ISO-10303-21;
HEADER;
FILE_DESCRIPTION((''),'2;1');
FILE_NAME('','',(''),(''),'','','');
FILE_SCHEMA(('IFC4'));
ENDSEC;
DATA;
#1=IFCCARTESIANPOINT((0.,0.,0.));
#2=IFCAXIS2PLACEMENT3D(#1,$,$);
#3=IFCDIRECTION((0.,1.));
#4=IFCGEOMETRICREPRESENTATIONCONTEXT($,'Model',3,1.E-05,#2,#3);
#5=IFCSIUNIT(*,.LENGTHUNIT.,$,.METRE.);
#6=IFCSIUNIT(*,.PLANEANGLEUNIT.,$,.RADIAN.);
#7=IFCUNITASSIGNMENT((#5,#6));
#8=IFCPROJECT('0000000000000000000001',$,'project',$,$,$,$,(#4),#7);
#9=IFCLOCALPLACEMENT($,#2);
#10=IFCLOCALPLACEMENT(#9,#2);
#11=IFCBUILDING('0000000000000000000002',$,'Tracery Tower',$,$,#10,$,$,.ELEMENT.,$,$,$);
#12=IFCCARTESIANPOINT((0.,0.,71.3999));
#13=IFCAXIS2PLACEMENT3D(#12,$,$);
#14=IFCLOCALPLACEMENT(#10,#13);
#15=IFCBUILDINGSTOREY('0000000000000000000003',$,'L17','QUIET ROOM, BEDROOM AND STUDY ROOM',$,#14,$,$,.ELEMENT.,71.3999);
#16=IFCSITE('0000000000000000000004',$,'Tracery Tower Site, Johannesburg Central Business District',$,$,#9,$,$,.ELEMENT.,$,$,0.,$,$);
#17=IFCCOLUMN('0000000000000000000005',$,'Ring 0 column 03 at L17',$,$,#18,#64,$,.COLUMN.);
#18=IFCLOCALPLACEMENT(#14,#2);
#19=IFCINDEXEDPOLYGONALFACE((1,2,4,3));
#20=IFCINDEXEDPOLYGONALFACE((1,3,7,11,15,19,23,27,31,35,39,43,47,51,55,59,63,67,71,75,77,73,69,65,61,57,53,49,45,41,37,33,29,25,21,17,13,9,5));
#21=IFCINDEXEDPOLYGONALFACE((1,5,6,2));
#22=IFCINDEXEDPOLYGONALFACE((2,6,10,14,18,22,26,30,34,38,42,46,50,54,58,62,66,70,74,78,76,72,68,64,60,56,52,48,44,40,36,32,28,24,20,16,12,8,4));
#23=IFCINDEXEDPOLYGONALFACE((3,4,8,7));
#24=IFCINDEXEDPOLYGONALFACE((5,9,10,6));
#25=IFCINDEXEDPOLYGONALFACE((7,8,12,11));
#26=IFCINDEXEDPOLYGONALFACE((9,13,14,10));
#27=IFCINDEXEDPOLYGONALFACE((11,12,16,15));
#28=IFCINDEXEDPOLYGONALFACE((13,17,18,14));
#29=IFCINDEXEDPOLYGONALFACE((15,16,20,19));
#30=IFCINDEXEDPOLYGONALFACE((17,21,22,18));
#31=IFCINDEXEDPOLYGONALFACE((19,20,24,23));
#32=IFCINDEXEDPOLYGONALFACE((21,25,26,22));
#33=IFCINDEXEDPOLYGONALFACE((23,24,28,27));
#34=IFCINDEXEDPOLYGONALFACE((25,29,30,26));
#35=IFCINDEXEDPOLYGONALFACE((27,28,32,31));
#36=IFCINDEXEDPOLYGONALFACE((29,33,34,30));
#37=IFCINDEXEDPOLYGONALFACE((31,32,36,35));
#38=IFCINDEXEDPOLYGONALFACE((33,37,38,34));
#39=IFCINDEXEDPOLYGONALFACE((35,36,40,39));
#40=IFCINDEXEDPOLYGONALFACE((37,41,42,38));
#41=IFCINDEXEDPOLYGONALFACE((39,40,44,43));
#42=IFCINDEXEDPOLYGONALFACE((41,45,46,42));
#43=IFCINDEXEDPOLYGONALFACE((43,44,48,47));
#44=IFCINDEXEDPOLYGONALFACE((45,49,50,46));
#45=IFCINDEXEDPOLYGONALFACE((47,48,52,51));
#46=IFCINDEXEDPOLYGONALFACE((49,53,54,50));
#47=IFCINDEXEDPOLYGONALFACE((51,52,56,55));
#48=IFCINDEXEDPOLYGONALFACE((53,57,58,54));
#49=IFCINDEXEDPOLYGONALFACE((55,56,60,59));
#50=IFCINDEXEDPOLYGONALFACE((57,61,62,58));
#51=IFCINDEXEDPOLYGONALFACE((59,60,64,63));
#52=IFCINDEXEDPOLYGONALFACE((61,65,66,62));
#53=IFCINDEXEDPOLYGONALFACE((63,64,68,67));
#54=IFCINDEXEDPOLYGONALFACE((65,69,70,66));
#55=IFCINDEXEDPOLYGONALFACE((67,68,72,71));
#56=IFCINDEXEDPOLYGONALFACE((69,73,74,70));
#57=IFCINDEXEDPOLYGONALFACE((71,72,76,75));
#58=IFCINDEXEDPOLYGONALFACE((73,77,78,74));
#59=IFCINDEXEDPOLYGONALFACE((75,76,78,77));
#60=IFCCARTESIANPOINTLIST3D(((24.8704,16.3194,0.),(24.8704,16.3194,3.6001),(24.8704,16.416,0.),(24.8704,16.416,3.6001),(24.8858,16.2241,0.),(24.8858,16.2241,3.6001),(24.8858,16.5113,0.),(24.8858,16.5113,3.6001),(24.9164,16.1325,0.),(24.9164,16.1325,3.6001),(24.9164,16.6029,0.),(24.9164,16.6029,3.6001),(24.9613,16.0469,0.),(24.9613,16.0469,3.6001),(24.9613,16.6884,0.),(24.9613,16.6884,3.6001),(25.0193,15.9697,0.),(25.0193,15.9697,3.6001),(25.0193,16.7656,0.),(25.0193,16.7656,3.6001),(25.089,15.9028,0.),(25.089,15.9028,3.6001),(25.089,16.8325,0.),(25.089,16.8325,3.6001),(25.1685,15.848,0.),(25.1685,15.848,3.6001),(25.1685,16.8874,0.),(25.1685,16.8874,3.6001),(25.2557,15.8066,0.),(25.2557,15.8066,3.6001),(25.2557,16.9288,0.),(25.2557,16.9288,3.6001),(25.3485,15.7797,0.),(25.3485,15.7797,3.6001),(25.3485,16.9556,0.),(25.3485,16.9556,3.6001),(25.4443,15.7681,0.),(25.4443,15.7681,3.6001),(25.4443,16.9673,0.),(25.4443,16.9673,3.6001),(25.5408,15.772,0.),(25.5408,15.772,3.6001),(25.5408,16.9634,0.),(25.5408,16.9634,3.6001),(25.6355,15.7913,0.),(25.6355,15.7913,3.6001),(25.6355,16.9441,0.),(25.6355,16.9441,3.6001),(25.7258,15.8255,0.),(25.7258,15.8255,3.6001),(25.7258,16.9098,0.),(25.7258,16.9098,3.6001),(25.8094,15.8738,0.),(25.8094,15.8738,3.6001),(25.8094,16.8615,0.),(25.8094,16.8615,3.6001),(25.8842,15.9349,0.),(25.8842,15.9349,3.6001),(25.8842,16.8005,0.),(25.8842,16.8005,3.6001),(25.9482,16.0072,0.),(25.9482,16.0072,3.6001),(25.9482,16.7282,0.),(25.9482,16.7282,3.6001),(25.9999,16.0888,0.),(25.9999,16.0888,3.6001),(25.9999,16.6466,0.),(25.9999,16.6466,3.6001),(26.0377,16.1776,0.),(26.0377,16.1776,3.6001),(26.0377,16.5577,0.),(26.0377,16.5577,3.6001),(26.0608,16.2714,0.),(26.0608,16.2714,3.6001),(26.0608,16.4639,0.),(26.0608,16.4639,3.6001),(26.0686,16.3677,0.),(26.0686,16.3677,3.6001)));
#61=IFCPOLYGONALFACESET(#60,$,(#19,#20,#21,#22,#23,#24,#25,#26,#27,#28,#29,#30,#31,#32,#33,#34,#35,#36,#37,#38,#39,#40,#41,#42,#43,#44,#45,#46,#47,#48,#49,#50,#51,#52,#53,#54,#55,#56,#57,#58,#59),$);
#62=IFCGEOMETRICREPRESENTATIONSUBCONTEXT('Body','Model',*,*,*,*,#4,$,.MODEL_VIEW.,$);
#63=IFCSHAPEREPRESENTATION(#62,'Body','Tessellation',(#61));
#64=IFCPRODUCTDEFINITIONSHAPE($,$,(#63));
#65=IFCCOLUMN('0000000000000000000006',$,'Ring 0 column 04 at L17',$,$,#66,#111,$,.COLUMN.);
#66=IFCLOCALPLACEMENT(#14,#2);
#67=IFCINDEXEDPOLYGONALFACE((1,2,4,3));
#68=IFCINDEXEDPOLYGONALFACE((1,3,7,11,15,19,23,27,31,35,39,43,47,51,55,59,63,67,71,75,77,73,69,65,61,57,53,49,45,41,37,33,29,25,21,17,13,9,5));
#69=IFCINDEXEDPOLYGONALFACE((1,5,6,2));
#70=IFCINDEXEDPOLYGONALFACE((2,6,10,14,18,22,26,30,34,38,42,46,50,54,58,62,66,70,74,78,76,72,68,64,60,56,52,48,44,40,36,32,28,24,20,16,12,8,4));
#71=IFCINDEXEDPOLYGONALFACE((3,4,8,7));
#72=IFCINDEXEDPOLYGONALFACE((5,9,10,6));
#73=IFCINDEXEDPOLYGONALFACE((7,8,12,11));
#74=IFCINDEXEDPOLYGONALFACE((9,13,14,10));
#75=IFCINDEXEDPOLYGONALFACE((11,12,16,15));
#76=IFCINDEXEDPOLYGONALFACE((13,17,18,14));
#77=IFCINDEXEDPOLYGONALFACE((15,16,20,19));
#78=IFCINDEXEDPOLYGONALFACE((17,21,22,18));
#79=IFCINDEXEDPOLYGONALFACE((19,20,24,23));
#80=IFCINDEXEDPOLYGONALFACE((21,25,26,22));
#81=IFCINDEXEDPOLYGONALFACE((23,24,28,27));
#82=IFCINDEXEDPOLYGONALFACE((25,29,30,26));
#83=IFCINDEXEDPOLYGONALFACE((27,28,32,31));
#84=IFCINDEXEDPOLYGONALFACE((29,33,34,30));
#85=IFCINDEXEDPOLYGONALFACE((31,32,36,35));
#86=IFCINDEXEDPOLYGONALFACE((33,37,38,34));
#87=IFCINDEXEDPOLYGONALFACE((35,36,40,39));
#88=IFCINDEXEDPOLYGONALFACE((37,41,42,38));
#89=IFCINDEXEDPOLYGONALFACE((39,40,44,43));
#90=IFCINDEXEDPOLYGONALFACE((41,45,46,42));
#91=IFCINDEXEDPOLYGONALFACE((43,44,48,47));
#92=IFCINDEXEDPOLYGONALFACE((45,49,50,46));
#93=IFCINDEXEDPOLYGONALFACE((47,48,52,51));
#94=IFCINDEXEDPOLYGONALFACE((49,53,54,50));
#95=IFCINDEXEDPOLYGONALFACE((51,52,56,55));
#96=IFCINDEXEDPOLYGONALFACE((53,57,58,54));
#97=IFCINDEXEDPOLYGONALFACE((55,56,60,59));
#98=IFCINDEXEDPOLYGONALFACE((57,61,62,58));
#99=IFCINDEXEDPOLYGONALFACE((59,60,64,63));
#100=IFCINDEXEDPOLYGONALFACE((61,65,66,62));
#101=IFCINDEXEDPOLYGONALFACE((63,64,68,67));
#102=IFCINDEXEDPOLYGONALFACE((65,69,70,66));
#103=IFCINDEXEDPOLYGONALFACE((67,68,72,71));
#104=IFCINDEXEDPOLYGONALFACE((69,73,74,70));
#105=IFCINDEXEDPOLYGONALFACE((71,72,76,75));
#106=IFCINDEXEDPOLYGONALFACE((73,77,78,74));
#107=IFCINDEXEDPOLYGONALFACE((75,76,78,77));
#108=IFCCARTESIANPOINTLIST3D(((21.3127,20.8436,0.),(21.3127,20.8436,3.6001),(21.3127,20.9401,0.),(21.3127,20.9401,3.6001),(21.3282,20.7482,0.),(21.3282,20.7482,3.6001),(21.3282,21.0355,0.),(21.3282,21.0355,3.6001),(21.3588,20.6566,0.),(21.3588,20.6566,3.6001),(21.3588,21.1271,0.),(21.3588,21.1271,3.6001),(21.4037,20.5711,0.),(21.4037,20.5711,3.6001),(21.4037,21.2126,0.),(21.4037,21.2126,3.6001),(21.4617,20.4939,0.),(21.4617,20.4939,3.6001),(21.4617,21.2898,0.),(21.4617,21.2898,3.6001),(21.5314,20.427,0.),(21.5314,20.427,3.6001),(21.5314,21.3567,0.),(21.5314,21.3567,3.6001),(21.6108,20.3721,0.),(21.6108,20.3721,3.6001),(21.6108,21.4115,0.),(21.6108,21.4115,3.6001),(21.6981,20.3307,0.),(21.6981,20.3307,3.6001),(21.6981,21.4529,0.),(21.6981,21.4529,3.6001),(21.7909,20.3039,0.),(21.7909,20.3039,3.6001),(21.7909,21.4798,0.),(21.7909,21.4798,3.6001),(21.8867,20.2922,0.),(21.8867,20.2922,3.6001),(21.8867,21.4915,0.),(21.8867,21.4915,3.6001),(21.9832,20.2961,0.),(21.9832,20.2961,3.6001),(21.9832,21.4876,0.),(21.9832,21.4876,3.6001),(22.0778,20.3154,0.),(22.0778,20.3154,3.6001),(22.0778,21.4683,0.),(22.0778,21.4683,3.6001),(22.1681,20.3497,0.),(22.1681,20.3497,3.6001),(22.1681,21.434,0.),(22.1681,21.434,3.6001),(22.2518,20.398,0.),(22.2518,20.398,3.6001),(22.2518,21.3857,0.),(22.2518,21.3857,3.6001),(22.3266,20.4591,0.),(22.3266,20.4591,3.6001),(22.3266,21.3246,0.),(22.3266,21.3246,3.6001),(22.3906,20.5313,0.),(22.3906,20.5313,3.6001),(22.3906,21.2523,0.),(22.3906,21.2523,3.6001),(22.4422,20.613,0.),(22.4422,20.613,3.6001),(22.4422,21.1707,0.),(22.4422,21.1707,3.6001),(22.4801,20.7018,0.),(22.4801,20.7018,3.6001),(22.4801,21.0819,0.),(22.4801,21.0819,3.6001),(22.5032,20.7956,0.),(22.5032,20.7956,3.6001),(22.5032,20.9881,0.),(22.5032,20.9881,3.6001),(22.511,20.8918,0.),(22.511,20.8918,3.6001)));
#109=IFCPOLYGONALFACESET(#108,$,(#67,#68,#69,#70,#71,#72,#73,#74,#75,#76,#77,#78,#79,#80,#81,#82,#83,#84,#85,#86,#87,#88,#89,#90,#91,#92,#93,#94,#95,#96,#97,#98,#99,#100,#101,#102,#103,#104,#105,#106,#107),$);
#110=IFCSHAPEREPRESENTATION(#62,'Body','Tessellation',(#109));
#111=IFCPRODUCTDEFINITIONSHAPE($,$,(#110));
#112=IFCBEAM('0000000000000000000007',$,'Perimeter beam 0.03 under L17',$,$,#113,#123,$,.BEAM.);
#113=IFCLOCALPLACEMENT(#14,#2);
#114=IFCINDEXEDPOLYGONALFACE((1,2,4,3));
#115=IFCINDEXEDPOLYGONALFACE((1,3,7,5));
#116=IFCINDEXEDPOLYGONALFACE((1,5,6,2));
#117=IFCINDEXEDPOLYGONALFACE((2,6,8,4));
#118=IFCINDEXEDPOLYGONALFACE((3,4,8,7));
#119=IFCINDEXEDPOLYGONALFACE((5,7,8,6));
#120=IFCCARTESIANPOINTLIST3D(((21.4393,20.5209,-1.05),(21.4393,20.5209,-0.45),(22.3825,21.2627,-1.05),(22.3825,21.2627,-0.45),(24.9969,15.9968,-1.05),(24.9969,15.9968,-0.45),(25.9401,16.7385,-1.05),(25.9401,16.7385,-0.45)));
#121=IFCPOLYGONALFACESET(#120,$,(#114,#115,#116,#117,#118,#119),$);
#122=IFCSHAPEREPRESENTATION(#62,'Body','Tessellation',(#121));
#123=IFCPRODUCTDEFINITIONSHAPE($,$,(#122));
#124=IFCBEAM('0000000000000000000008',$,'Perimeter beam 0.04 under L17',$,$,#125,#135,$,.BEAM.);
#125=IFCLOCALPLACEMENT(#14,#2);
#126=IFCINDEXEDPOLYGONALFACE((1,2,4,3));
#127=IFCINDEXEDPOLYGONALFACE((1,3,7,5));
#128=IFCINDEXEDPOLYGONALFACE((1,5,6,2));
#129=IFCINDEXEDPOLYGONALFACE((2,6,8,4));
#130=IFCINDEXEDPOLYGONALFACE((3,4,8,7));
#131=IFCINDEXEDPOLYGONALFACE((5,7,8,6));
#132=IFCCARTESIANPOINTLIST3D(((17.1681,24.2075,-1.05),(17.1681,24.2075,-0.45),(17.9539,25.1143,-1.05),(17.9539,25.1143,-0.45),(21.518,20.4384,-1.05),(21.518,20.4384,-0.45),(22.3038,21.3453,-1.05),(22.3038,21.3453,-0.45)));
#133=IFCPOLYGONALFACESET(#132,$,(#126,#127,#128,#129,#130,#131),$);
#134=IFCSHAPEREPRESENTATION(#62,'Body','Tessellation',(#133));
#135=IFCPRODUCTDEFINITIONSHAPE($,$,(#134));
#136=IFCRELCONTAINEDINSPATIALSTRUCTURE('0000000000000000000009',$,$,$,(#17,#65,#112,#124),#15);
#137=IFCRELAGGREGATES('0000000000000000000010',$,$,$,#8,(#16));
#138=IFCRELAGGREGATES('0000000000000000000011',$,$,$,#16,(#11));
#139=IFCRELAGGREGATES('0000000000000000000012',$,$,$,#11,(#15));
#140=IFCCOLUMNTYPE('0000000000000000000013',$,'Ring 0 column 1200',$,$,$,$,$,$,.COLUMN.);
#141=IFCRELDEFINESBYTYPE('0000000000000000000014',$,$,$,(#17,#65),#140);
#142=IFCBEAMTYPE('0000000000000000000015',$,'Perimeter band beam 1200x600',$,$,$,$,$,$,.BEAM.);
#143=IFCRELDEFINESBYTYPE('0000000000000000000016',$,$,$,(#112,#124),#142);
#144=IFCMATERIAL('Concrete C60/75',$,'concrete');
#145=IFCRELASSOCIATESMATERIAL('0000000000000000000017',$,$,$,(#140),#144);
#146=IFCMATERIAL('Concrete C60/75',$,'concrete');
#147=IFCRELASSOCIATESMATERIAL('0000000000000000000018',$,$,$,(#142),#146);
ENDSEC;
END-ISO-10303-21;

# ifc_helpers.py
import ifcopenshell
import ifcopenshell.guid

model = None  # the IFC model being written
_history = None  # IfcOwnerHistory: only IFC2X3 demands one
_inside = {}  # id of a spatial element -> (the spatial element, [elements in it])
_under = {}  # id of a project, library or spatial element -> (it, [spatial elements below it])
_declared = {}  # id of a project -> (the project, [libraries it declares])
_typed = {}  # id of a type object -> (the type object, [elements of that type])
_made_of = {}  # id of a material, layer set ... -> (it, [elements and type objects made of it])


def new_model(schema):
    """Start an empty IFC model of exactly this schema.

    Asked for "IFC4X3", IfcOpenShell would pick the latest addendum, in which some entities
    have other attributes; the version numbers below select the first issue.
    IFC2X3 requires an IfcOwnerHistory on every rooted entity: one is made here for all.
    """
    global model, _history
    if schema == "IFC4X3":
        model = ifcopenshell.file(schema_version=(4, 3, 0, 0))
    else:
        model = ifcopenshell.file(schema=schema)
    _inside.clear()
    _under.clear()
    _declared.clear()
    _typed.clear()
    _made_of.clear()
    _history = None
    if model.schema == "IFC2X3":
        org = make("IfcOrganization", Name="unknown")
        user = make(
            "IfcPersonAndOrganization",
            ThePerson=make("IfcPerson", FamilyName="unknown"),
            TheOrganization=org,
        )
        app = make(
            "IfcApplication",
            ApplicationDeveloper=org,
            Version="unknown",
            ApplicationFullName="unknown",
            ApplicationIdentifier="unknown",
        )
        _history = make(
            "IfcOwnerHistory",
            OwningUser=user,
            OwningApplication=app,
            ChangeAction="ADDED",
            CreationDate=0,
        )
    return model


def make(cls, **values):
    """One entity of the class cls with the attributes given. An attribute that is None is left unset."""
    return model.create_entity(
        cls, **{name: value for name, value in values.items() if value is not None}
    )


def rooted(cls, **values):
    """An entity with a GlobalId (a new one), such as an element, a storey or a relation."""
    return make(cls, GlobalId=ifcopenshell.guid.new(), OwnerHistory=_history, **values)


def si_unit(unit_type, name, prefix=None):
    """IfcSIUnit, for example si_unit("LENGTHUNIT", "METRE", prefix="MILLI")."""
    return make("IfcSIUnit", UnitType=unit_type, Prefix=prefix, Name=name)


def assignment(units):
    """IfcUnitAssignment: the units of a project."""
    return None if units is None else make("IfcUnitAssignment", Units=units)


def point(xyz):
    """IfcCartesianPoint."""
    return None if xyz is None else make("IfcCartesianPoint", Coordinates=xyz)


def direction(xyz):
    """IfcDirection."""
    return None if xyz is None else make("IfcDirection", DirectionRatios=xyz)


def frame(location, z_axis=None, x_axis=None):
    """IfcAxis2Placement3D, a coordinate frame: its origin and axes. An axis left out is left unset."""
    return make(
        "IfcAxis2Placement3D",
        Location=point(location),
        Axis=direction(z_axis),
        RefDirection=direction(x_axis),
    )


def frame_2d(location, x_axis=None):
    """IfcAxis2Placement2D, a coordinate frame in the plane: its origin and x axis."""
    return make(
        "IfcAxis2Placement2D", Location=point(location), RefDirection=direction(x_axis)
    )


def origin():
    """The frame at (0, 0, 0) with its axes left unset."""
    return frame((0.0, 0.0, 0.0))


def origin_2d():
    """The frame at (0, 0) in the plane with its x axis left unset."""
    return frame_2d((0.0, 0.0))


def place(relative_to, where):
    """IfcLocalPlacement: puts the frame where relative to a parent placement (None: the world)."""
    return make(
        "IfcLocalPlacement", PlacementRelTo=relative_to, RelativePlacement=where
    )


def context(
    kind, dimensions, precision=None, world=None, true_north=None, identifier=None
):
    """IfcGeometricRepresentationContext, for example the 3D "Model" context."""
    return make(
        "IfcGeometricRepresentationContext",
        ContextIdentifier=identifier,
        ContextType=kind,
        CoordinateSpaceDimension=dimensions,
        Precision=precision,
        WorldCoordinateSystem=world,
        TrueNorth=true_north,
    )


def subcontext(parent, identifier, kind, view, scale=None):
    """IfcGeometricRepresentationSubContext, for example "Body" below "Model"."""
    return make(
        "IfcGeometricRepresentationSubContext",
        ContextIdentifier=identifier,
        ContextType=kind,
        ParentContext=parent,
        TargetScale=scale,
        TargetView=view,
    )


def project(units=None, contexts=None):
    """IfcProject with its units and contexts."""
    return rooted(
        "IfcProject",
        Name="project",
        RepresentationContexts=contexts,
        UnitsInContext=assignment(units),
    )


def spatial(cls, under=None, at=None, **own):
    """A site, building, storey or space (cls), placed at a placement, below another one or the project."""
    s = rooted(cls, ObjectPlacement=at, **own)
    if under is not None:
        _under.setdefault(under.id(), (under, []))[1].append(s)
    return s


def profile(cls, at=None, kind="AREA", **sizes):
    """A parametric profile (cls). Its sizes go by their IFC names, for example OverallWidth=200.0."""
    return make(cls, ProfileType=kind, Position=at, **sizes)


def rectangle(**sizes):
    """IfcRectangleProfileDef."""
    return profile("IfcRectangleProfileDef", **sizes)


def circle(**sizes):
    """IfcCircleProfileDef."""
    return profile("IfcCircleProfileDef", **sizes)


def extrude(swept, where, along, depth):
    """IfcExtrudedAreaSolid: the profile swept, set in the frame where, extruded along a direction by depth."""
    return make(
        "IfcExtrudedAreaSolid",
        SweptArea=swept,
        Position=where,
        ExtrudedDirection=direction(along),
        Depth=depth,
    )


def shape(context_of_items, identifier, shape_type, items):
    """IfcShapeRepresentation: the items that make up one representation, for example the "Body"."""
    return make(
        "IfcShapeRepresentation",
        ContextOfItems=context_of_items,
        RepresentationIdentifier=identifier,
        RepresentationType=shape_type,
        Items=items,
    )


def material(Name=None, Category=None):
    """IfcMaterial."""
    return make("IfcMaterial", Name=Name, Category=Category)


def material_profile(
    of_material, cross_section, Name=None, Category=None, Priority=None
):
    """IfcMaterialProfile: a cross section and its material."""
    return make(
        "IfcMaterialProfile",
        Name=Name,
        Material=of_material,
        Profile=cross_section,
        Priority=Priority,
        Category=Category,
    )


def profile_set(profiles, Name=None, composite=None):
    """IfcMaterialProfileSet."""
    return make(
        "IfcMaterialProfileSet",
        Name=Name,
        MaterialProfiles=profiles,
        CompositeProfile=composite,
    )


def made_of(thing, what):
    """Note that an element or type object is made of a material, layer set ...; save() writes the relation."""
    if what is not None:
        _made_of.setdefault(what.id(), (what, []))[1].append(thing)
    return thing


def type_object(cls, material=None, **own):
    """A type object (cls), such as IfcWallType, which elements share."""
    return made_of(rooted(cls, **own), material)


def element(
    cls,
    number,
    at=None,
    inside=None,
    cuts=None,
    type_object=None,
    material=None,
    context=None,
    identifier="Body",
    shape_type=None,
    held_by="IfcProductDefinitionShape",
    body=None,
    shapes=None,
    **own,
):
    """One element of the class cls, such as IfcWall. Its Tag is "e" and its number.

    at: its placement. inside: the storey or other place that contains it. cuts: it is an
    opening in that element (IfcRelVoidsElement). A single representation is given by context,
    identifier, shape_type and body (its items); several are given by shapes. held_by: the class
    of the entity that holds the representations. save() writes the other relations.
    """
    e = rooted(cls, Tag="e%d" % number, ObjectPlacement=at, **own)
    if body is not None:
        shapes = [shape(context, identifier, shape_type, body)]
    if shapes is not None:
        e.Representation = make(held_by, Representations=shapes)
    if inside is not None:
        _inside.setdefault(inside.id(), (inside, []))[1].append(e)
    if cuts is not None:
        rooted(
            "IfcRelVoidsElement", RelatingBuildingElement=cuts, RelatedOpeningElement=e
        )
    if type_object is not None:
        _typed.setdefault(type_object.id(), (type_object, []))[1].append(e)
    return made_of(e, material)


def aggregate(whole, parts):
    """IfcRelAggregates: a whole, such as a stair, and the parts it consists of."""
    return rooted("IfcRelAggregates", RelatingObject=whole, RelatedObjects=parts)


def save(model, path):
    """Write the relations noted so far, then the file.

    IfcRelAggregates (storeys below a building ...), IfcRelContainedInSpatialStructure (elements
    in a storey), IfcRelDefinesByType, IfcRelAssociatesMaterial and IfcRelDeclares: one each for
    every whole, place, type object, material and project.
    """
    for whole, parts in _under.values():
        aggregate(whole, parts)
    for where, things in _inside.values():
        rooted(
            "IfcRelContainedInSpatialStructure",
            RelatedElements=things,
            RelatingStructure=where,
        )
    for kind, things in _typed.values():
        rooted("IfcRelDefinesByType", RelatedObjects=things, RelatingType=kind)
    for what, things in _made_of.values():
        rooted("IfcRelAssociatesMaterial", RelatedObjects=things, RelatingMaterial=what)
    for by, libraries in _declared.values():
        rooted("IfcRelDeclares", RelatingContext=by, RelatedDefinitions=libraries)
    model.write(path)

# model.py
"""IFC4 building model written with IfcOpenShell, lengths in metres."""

from ifc_helpers import new_model, si_unit, direction, frame, origin, origin_2d, place, context, subcontext, project, spatial, rectangle, circle, extrude, material, material_profile, profile_set, type_object, element, save


model = new_model("IFC4")

# Units and contexts
model_context = context("Model", 3, precision=1e-05, world=origin(), true_north=direction((0.0, 1.0)))
body_context = subcontext(model_context, "Body", "Model", "MODEL_VIEW")
ifc_project = project(units=[si_unit("LENGTHUNIT", "METRE"), si_unit("PLANEANGLEUNIT", "RADIAN")], contexts=[model_context])

# Site, building, storey
site_placement = place(None, origin())
site = spatial("IfcSite", under=ifc_project, at=site_placement, Name="Tracery Tower Site, Johannesburg Central Business District", CompositionType="ELEMENT", RefElevation=0.0)
building_placement = place(site_placement, origin())
building = spatial("IfcBuilding", under=site, at=building_placement, Name="Tracery Tower", CompositionType="ELEMENT")
storey_placement = place(building_placement, frame((0.0, 0.0, 71.3999)))
storey = spatial("IfcBuildingStorey", under=building, at=storey_placement, Name="L17", Description="QUIET ROOM, BEDROOM AND STUDY ROOM", CompositionType="ELEMENT", Elevation=71.3999)

# Columns
ifc_material_1 = material(Name="Concrete C60/75", Category="concrete")
ifc_material_profile_1 = material_profile(ifc_material_1, circle(Radius=0.6001, at=origin_2d()), Name="RC D1200")
ifc_profile_set_1 = profile_set([ifc_material_profile_1], Name="Concrete C60/75")
column_type = type_object("IfcColumnType", Name="Ring 0 column 1200", PredefinedType="COLUMN", material=ifc_profile_set_1)
for number, where, z_axis, x_axis, name in (
    (1, (25.4685, 16.3677, 0.0), (0.0, 0.0, 1.0), (1.0, 0.0, 0.0), "Ring 0 column 03 at L17"),
    (2, (21.9109, 20.8918, 0.0), (0.0, 0.0, 1.0), (1.0, 0.0, 0.0), "Ring 0 column 04 at L17"),
):
    element("IfcColumn", number, at=place(storey_placement, frame(where, z_axis=z_axis, x_axis=x_axis)), inside=storey, type_object=column_type, Name=name, PredefinedType="COLUMN", context=body_context, shape_type="SweptSolid", body=[
        extrude(circle(Radius=0.6001, at=origin_2d()), origin(), (0.0, 0.0, 1.0), 3.6001),
    ])

# Beams
ifc_material_2 = material(Name="Concrete C60/75", Category="concrete")
ifc_material_profile_2 = material_profile(ifc_material_2, rectangle(XDim=1.2, YDim=0.6001, at=origin_2d()), Name="RC 1200x600")
ifc_profile_set_2 = profile_set([ifc_material_profile_2], Name="Concrete C60/75")
beam_type = type_object("IfcBeamType", Name="Perimeter band beam 1200x600", PredefinedType="BEAM", material=ifc_profile_set_2)
beam_1_placement = place(storey_placement, frame((25.4685, 16.3677, -0.75), z_axis=(-0.618134, 0.786072, 0.0), x_axis=(-0.786072, -0.618134, 0.0)))
element("IfcBeam", 3, at=beam_1_placement, inside=storey, type_object=beam_type, Name="Perimeter beam 0.03 under L17", PredefinedType="BEAM", context=body_context, shape_type="SweptSolid", body=[
    extrude(rectangle(XDim=1.2, YDim=0.6001, at=origin_2d()), origin(), (0.0, 0.0, 1.0), 5.7554),
])
beam_2_placement = place(storey_placement, frame((21.9109, 20.8918, -0.75), z_axis=(-0.75576, 0.654848, 0.0), x_axis=(-0.654848, -0.75576, 0.0)))
element("IfcBeam", 4, at=beam_2_placement, inside=storey, type_object=beam_type, Name="Perimeter beam 0.04 under L17", PredefinedType="BEAM", context=body_context, shape_type="SweptSolid", body=[
    extrude(rectangle(XDim=1.2, YDim=0.6001, at=origin_2d()), origin(), (0.0, 0.0, 1.0), 5.7556),
])

save(model, "model.ifc")
